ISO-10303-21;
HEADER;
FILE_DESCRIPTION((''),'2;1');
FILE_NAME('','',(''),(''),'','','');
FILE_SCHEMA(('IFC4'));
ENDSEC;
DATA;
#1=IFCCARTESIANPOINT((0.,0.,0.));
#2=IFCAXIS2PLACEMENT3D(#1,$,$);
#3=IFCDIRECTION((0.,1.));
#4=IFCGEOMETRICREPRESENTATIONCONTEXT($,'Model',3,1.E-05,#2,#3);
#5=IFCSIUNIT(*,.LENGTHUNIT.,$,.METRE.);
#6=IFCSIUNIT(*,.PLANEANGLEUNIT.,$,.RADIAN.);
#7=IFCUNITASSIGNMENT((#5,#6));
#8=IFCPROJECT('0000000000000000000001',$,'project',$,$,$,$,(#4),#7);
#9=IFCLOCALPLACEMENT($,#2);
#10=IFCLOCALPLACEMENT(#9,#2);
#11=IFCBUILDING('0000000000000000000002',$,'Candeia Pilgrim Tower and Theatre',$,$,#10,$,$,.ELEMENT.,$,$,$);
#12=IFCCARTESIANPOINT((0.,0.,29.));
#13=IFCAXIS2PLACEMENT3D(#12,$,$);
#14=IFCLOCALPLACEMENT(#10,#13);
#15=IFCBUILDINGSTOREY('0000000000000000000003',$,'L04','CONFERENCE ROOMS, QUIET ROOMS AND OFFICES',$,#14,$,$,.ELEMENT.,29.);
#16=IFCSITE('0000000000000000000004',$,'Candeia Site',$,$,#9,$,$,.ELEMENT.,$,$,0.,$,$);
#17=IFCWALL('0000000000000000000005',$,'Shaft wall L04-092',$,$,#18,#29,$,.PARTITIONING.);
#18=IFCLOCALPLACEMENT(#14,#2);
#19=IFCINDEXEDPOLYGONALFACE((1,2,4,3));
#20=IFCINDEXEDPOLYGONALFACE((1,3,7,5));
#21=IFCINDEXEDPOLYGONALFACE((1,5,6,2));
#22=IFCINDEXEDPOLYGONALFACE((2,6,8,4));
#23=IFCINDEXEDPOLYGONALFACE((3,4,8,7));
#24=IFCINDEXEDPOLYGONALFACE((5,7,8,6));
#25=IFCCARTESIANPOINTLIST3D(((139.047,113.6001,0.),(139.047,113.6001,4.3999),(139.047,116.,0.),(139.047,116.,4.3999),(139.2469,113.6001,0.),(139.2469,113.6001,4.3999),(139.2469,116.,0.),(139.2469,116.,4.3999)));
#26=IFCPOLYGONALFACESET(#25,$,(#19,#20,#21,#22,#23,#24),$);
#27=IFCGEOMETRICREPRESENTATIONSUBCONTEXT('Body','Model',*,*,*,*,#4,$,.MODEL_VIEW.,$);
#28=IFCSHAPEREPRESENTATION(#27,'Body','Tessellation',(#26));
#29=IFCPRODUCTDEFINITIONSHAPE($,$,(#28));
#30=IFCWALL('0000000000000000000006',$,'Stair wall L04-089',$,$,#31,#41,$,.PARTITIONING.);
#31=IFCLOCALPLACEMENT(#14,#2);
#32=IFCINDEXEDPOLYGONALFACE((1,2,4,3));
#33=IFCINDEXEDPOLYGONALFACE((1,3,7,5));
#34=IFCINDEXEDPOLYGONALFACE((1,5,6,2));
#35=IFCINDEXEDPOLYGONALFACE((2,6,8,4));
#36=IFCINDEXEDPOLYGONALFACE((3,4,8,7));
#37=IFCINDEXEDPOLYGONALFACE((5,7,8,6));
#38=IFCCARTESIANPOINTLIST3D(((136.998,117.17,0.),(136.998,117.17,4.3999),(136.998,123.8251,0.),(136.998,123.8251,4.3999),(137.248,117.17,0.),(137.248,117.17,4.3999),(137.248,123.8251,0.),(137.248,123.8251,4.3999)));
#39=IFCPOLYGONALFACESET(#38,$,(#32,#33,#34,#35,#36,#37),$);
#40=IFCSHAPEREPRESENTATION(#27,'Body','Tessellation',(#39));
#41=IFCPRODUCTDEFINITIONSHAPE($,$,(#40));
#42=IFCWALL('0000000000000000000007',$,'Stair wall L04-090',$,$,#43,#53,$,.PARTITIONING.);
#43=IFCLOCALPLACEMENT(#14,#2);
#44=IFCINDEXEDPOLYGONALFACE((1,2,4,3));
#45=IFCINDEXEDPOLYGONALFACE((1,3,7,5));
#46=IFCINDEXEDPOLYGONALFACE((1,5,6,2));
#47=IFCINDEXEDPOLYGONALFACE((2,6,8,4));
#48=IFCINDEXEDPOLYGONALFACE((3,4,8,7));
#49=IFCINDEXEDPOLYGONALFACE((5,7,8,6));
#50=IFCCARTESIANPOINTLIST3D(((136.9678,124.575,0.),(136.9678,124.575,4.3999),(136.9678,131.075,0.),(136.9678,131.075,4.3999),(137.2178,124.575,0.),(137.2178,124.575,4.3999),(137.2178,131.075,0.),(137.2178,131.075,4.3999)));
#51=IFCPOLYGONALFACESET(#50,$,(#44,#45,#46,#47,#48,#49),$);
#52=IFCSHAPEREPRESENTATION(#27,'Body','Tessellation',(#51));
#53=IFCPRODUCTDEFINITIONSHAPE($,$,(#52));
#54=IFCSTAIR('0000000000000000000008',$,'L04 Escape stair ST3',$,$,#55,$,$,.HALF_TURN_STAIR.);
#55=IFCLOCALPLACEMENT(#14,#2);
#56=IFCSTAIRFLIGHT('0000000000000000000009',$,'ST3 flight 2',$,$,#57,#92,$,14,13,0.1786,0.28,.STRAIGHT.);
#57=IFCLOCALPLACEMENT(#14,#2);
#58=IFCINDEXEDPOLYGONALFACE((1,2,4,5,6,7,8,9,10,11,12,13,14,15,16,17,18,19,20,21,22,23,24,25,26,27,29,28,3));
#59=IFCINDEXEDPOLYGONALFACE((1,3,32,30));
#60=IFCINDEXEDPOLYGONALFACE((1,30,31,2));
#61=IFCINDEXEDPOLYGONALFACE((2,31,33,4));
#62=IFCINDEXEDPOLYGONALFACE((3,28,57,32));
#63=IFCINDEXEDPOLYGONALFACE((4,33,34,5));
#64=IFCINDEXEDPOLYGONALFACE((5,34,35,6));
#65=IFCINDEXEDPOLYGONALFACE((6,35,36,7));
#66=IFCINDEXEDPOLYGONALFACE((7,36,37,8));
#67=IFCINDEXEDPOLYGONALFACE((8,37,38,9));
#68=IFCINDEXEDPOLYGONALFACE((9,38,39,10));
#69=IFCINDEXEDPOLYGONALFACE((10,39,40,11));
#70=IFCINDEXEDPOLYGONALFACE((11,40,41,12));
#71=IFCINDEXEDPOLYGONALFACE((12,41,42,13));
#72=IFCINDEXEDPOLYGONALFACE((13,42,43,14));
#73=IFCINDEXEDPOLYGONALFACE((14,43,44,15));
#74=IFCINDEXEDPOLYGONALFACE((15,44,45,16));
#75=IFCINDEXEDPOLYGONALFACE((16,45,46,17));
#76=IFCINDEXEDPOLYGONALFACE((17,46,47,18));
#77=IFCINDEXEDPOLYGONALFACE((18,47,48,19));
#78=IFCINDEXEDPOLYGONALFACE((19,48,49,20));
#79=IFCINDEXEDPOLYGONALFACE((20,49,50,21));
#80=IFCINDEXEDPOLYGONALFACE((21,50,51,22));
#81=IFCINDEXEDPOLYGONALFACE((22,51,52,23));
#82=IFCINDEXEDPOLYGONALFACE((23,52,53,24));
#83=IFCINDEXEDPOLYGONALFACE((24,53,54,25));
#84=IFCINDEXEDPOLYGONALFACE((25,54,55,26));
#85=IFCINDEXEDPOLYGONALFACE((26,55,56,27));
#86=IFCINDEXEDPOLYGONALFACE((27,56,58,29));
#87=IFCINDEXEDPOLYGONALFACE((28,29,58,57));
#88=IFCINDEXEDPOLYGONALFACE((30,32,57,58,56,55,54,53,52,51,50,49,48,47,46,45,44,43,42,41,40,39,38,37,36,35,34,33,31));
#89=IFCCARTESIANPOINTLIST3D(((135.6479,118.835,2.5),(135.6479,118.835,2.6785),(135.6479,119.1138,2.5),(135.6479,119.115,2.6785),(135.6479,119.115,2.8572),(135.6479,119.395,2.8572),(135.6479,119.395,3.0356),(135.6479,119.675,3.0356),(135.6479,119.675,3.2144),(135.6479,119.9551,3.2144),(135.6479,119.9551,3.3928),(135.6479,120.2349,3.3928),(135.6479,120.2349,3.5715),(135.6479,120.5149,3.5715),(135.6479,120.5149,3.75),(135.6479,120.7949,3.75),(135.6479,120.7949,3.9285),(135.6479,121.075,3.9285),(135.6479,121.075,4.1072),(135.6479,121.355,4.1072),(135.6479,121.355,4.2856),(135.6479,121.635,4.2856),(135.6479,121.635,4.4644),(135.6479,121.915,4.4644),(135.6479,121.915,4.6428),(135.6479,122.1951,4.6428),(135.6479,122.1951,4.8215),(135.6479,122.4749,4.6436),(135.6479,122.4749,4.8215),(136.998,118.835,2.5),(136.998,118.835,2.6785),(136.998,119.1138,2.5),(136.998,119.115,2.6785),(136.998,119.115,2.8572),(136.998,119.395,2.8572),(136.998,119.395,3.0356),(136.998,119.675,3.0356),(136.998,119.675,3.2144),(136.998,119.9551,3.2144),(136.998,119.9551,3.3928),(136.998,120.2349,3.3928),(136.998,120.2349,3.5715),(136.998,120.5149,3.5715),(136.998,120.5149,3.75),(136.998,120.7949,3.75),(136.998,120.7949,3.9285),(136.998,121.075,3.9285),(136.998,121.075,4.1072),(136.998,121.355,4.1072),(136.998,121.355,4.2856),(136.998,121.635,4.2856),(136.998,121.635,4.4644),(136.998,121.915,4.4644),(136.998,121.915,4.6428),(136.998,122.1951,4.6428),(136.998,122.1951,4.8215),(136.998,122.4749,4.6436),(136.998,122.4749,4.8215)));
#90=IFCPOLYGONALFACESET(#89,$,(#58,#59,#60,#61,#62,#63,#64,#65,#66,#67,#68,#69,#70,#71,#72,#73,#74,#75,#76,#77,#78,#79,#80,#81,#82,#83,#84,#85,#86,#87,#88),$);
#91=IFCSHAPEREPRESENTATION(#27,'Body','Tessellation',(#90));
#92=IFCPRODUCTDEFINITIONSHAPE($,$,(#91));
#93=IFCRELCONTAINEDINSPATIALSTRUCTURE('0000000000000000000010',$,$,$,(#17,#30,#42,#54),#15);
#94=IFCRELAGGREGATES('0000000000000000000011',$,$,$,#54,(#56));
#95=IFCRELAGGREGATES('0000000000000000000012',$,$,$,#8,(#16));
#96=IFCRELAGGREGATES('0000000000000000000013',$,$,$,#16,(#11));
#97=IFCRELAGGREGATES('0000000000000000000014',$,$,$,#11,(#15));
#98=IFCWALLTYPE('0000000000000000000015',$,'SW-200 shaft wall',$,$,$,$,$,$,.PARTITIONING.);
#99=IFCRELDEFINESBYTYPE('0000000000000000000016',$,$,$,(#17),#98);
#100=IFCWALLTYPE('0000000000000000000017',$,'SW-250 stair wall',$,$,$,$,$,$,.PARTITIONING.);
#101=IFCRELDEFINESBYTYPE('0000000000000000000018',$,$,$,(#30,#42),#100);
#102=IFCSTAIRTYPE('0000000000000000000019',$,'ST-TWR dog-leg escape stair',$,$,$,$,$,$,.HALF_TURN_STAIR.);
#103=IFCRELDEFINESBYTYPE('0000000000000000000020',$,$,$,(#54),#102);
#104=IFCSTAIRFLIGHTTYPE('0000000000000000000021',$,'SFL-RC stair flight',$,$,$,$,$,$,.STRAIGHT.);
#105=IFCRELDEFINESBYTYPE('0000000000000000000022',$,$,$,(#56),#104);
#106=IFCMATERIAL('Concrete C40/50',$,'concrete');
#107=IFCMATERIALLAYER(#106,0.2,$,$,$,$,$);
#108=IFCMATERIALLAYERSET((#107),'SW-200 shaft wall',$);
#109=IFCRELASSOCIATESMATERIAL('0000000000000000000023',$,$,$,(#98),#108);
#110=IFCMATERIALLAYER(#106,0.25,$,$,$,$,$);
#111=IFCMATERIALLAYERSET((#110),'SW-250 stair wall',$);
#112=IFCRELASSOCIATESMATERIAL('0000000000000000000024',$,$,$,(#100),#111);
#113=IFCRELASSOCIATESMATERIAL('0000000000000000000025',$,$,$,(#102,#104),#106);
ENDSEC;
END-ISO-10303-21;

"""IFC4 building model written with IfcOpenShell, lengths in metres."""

from ifc_helpers import new_model, si_unit, direction, frame, frame_2d, origin, place, context, subcontext, project, spatial, polyline, rectangle, outline, extrude, material, layer, layer_set, type_object, element, aggregate, save


model = new_model("IFC4")

# Units and contexts
model_context = context("Model", 3, precision=1e-05, world=origin(), true_north=direction((0.0, 1.0)))
body_context = subcontext(model_context, "Body", "Model", "MODEL_VIEW")
ifc_project = project(units=[si_unit("LENGTHUNIT", "METRE"), si_unit("PLANEANGLEUNIT", "RADIAN")], contexts=[model_context])

# Site, building, storey
site_placement = place(None, origin())
site = spatial("IfcSite", under=ifc_project, at=site_placement, Name="Candeia Site", CompositionType="ELEMENT", RefElevation=0.0)
building_placement = place(site_placement, origin())
building = spatial("IfcBuilding", under=site, at=building_placement, Name="Candeia Pilgrim Tower and Theatre", CompositionType="ELEMENT")
storey_placement = place(building_placement, frame((0.0, 0.0, 29.0)))
storey = spatial("IfcBuildingStorey", under=building, at=storey_placement, Name="L04", Description="CONFERENCE ROOMS, QUIET ROOMS AND OFFICES", CompositionType="ELEMENT", Elevation=29.0)

# Walls
ifc_material_1 = material(Name="Concrete C40/50", Category="concrete")
ifc_layer_1 = layer(ifc_material_1, 0.2)
ifc_layer_set_1 = layer_set([ifc_layer_1], Name="SW-200 shaft wall")
wall_type_1 = type_object("IfcWallType", Name="SW-200 shaft wall", PredefinedType="PARTITIONING", material=ifc_layer_set_1)
for number, where, z_axis, x_axis, name in (
    (1, (139.147, 113.6001, 0.0), (0.0, 0.0, 1.0), (0.0, 1.0, 0.0), "Shaft wall L04-092"),
):
    element("IfcWall", number, at=place(storey_placement, frame(where, z_axis=z_axis, x_axis=x_axis)), inside=storey, type_object=wall_type_1, Name=name, PredefinedType="PARTITIONING", context=body_context, shape_type="SweptSolid", body=[
        extrude(rectangle(XDim=2.3999, YDim=0.2, at=frame_2d((1.2, 0.0))), origin(), (0.0, 0.0, 1.0), 4.3999),
    ])
ifc_layer_2 = layer(ifc_material_1, 0.25)
ifc_layer_set_2 = layer_set([ifc_layer_2], Name="SW-250 stair wall")
wall_type_2 = type_object("IfcWallType", Name="SW-250 stair wall", PredefinedType="PARTITIONING", material=ifc_layer_set_2)
wall_1_placement = place(storey_placement, frame((137.123, 117.1699, 0.0), z_axis=(0.0, 0.0, 1.0), x_axis=(0.0, 1.0, 0.0)))
element("IfcWall", 2, at=wall_1_placement, inside=storey, type_object=wall_type_2, Name="Stair wall L04-089", PredefinedType="PARTITIONING", context=body_context, shape_type="SweptSolid", body=[
    extrude(rectangle(XDim=6.655, YDim=0.25, at=frame_2d((3.3276, 0.0))), origin(), (0.0, 0.0, 1.0), 4.3999),
])
wall_2_placement = place(storey_placement, frame((137.0928, 124.575, 0.0), z_axis=(0.0, 0.0, 1.0), x_axis=(0.0, 1.0, 0.0)))
element("IfcWall", 3, at=wall_2_placement, inside=storey, type_object=wall_type_2, Name="Stair wall L04-090", PredefinedType="PARTITIONING", context=body_context, shape_type="SweptSolid", body=[
    extrude(rectangle(XDim=6.5, YDim=0.25, at=frame_2d((3.25, 0.0))), origin(), (0.0, 0.0, 1.0), 4.3999),
])

# Stair, stair flight
stair_type = type_object("IfcStairType", Name="ST-TWR dog-leg escape stair", PredefinedType="HALF_TURN_STAIR", material=ifc_material_1)
stair_placement = place(storey_placement, origin())
stair = element("IfcStair", 4, at=stair_placement, inside=storey, type_object=stair_type, Name="L04 Escape stair ST3", PredefinedType="HALF_TURN_STAIR")
stair_flight_type = type_object("IfcStairFlightType", Name="SFL-RC stair flight", PredefinedType="STRAIGHT", material=ifc_material_1)
stair_flight_placement = place(storey_placement, frame((136.323, 118.835, 2.5), z_axis=(0.0, 0.0, 1.0), x_axis=(0.0, 1.0, 0.0)))
stair_flight = element("IfcStairFlight", 5, at=stair_flight_placement, type_object=stair_flight_type, Name="ST3 flight 2", NumberOfRisers=14, NumberOfTreads=13, PredefinedType="STRAIGHT", RiserHeight=0.1786, TreadLength=0.28, context=body_context, shape_type="SweptSolid", body=[
    extrude(outline(polyline([(0.0, 0.0), (0.0, 0.1785), (0.28, 0.1785), (0.28, 0.3572), (0.5601, 0.3572), (0.5601, 0.5356), (0.8401, 0.5356), (0.8401, 0.7144), (1.1201, 0.7144), (1.1201, 0.8928), (1.3999, 0.8928), (1.3999, 1.0715), (1.6799, 1.0715), (1.6799, 1.25), (1.96, 1.25), (1.96, 1.4285), (2.24, 1.4285), (2.24, 1.6072), (2.52, 1.6072), (2.52, 1.7856), (2.8, 1.7856), (2.8, 1.9644), (3.0801, 1.9644), (3.0801, 2.1428), (3.3601, 2.1428), (3.3601, 2.3215), (3.6399, 2.3215), (3.6399, 2.5), (3.6399, 2.1436), (0.2788, 0.0), (0.0, 0.0)])), frame((0.0, 0.675, 0.0), z_axis=(0.0, -1.0, 0.0), x_axis=(1.0, 0.0, 0.0)), (0.0, 0.0, 1.0), 1.3501),
])
aggregate(stair, [stair_flight])

save(model, "model.ifc")
